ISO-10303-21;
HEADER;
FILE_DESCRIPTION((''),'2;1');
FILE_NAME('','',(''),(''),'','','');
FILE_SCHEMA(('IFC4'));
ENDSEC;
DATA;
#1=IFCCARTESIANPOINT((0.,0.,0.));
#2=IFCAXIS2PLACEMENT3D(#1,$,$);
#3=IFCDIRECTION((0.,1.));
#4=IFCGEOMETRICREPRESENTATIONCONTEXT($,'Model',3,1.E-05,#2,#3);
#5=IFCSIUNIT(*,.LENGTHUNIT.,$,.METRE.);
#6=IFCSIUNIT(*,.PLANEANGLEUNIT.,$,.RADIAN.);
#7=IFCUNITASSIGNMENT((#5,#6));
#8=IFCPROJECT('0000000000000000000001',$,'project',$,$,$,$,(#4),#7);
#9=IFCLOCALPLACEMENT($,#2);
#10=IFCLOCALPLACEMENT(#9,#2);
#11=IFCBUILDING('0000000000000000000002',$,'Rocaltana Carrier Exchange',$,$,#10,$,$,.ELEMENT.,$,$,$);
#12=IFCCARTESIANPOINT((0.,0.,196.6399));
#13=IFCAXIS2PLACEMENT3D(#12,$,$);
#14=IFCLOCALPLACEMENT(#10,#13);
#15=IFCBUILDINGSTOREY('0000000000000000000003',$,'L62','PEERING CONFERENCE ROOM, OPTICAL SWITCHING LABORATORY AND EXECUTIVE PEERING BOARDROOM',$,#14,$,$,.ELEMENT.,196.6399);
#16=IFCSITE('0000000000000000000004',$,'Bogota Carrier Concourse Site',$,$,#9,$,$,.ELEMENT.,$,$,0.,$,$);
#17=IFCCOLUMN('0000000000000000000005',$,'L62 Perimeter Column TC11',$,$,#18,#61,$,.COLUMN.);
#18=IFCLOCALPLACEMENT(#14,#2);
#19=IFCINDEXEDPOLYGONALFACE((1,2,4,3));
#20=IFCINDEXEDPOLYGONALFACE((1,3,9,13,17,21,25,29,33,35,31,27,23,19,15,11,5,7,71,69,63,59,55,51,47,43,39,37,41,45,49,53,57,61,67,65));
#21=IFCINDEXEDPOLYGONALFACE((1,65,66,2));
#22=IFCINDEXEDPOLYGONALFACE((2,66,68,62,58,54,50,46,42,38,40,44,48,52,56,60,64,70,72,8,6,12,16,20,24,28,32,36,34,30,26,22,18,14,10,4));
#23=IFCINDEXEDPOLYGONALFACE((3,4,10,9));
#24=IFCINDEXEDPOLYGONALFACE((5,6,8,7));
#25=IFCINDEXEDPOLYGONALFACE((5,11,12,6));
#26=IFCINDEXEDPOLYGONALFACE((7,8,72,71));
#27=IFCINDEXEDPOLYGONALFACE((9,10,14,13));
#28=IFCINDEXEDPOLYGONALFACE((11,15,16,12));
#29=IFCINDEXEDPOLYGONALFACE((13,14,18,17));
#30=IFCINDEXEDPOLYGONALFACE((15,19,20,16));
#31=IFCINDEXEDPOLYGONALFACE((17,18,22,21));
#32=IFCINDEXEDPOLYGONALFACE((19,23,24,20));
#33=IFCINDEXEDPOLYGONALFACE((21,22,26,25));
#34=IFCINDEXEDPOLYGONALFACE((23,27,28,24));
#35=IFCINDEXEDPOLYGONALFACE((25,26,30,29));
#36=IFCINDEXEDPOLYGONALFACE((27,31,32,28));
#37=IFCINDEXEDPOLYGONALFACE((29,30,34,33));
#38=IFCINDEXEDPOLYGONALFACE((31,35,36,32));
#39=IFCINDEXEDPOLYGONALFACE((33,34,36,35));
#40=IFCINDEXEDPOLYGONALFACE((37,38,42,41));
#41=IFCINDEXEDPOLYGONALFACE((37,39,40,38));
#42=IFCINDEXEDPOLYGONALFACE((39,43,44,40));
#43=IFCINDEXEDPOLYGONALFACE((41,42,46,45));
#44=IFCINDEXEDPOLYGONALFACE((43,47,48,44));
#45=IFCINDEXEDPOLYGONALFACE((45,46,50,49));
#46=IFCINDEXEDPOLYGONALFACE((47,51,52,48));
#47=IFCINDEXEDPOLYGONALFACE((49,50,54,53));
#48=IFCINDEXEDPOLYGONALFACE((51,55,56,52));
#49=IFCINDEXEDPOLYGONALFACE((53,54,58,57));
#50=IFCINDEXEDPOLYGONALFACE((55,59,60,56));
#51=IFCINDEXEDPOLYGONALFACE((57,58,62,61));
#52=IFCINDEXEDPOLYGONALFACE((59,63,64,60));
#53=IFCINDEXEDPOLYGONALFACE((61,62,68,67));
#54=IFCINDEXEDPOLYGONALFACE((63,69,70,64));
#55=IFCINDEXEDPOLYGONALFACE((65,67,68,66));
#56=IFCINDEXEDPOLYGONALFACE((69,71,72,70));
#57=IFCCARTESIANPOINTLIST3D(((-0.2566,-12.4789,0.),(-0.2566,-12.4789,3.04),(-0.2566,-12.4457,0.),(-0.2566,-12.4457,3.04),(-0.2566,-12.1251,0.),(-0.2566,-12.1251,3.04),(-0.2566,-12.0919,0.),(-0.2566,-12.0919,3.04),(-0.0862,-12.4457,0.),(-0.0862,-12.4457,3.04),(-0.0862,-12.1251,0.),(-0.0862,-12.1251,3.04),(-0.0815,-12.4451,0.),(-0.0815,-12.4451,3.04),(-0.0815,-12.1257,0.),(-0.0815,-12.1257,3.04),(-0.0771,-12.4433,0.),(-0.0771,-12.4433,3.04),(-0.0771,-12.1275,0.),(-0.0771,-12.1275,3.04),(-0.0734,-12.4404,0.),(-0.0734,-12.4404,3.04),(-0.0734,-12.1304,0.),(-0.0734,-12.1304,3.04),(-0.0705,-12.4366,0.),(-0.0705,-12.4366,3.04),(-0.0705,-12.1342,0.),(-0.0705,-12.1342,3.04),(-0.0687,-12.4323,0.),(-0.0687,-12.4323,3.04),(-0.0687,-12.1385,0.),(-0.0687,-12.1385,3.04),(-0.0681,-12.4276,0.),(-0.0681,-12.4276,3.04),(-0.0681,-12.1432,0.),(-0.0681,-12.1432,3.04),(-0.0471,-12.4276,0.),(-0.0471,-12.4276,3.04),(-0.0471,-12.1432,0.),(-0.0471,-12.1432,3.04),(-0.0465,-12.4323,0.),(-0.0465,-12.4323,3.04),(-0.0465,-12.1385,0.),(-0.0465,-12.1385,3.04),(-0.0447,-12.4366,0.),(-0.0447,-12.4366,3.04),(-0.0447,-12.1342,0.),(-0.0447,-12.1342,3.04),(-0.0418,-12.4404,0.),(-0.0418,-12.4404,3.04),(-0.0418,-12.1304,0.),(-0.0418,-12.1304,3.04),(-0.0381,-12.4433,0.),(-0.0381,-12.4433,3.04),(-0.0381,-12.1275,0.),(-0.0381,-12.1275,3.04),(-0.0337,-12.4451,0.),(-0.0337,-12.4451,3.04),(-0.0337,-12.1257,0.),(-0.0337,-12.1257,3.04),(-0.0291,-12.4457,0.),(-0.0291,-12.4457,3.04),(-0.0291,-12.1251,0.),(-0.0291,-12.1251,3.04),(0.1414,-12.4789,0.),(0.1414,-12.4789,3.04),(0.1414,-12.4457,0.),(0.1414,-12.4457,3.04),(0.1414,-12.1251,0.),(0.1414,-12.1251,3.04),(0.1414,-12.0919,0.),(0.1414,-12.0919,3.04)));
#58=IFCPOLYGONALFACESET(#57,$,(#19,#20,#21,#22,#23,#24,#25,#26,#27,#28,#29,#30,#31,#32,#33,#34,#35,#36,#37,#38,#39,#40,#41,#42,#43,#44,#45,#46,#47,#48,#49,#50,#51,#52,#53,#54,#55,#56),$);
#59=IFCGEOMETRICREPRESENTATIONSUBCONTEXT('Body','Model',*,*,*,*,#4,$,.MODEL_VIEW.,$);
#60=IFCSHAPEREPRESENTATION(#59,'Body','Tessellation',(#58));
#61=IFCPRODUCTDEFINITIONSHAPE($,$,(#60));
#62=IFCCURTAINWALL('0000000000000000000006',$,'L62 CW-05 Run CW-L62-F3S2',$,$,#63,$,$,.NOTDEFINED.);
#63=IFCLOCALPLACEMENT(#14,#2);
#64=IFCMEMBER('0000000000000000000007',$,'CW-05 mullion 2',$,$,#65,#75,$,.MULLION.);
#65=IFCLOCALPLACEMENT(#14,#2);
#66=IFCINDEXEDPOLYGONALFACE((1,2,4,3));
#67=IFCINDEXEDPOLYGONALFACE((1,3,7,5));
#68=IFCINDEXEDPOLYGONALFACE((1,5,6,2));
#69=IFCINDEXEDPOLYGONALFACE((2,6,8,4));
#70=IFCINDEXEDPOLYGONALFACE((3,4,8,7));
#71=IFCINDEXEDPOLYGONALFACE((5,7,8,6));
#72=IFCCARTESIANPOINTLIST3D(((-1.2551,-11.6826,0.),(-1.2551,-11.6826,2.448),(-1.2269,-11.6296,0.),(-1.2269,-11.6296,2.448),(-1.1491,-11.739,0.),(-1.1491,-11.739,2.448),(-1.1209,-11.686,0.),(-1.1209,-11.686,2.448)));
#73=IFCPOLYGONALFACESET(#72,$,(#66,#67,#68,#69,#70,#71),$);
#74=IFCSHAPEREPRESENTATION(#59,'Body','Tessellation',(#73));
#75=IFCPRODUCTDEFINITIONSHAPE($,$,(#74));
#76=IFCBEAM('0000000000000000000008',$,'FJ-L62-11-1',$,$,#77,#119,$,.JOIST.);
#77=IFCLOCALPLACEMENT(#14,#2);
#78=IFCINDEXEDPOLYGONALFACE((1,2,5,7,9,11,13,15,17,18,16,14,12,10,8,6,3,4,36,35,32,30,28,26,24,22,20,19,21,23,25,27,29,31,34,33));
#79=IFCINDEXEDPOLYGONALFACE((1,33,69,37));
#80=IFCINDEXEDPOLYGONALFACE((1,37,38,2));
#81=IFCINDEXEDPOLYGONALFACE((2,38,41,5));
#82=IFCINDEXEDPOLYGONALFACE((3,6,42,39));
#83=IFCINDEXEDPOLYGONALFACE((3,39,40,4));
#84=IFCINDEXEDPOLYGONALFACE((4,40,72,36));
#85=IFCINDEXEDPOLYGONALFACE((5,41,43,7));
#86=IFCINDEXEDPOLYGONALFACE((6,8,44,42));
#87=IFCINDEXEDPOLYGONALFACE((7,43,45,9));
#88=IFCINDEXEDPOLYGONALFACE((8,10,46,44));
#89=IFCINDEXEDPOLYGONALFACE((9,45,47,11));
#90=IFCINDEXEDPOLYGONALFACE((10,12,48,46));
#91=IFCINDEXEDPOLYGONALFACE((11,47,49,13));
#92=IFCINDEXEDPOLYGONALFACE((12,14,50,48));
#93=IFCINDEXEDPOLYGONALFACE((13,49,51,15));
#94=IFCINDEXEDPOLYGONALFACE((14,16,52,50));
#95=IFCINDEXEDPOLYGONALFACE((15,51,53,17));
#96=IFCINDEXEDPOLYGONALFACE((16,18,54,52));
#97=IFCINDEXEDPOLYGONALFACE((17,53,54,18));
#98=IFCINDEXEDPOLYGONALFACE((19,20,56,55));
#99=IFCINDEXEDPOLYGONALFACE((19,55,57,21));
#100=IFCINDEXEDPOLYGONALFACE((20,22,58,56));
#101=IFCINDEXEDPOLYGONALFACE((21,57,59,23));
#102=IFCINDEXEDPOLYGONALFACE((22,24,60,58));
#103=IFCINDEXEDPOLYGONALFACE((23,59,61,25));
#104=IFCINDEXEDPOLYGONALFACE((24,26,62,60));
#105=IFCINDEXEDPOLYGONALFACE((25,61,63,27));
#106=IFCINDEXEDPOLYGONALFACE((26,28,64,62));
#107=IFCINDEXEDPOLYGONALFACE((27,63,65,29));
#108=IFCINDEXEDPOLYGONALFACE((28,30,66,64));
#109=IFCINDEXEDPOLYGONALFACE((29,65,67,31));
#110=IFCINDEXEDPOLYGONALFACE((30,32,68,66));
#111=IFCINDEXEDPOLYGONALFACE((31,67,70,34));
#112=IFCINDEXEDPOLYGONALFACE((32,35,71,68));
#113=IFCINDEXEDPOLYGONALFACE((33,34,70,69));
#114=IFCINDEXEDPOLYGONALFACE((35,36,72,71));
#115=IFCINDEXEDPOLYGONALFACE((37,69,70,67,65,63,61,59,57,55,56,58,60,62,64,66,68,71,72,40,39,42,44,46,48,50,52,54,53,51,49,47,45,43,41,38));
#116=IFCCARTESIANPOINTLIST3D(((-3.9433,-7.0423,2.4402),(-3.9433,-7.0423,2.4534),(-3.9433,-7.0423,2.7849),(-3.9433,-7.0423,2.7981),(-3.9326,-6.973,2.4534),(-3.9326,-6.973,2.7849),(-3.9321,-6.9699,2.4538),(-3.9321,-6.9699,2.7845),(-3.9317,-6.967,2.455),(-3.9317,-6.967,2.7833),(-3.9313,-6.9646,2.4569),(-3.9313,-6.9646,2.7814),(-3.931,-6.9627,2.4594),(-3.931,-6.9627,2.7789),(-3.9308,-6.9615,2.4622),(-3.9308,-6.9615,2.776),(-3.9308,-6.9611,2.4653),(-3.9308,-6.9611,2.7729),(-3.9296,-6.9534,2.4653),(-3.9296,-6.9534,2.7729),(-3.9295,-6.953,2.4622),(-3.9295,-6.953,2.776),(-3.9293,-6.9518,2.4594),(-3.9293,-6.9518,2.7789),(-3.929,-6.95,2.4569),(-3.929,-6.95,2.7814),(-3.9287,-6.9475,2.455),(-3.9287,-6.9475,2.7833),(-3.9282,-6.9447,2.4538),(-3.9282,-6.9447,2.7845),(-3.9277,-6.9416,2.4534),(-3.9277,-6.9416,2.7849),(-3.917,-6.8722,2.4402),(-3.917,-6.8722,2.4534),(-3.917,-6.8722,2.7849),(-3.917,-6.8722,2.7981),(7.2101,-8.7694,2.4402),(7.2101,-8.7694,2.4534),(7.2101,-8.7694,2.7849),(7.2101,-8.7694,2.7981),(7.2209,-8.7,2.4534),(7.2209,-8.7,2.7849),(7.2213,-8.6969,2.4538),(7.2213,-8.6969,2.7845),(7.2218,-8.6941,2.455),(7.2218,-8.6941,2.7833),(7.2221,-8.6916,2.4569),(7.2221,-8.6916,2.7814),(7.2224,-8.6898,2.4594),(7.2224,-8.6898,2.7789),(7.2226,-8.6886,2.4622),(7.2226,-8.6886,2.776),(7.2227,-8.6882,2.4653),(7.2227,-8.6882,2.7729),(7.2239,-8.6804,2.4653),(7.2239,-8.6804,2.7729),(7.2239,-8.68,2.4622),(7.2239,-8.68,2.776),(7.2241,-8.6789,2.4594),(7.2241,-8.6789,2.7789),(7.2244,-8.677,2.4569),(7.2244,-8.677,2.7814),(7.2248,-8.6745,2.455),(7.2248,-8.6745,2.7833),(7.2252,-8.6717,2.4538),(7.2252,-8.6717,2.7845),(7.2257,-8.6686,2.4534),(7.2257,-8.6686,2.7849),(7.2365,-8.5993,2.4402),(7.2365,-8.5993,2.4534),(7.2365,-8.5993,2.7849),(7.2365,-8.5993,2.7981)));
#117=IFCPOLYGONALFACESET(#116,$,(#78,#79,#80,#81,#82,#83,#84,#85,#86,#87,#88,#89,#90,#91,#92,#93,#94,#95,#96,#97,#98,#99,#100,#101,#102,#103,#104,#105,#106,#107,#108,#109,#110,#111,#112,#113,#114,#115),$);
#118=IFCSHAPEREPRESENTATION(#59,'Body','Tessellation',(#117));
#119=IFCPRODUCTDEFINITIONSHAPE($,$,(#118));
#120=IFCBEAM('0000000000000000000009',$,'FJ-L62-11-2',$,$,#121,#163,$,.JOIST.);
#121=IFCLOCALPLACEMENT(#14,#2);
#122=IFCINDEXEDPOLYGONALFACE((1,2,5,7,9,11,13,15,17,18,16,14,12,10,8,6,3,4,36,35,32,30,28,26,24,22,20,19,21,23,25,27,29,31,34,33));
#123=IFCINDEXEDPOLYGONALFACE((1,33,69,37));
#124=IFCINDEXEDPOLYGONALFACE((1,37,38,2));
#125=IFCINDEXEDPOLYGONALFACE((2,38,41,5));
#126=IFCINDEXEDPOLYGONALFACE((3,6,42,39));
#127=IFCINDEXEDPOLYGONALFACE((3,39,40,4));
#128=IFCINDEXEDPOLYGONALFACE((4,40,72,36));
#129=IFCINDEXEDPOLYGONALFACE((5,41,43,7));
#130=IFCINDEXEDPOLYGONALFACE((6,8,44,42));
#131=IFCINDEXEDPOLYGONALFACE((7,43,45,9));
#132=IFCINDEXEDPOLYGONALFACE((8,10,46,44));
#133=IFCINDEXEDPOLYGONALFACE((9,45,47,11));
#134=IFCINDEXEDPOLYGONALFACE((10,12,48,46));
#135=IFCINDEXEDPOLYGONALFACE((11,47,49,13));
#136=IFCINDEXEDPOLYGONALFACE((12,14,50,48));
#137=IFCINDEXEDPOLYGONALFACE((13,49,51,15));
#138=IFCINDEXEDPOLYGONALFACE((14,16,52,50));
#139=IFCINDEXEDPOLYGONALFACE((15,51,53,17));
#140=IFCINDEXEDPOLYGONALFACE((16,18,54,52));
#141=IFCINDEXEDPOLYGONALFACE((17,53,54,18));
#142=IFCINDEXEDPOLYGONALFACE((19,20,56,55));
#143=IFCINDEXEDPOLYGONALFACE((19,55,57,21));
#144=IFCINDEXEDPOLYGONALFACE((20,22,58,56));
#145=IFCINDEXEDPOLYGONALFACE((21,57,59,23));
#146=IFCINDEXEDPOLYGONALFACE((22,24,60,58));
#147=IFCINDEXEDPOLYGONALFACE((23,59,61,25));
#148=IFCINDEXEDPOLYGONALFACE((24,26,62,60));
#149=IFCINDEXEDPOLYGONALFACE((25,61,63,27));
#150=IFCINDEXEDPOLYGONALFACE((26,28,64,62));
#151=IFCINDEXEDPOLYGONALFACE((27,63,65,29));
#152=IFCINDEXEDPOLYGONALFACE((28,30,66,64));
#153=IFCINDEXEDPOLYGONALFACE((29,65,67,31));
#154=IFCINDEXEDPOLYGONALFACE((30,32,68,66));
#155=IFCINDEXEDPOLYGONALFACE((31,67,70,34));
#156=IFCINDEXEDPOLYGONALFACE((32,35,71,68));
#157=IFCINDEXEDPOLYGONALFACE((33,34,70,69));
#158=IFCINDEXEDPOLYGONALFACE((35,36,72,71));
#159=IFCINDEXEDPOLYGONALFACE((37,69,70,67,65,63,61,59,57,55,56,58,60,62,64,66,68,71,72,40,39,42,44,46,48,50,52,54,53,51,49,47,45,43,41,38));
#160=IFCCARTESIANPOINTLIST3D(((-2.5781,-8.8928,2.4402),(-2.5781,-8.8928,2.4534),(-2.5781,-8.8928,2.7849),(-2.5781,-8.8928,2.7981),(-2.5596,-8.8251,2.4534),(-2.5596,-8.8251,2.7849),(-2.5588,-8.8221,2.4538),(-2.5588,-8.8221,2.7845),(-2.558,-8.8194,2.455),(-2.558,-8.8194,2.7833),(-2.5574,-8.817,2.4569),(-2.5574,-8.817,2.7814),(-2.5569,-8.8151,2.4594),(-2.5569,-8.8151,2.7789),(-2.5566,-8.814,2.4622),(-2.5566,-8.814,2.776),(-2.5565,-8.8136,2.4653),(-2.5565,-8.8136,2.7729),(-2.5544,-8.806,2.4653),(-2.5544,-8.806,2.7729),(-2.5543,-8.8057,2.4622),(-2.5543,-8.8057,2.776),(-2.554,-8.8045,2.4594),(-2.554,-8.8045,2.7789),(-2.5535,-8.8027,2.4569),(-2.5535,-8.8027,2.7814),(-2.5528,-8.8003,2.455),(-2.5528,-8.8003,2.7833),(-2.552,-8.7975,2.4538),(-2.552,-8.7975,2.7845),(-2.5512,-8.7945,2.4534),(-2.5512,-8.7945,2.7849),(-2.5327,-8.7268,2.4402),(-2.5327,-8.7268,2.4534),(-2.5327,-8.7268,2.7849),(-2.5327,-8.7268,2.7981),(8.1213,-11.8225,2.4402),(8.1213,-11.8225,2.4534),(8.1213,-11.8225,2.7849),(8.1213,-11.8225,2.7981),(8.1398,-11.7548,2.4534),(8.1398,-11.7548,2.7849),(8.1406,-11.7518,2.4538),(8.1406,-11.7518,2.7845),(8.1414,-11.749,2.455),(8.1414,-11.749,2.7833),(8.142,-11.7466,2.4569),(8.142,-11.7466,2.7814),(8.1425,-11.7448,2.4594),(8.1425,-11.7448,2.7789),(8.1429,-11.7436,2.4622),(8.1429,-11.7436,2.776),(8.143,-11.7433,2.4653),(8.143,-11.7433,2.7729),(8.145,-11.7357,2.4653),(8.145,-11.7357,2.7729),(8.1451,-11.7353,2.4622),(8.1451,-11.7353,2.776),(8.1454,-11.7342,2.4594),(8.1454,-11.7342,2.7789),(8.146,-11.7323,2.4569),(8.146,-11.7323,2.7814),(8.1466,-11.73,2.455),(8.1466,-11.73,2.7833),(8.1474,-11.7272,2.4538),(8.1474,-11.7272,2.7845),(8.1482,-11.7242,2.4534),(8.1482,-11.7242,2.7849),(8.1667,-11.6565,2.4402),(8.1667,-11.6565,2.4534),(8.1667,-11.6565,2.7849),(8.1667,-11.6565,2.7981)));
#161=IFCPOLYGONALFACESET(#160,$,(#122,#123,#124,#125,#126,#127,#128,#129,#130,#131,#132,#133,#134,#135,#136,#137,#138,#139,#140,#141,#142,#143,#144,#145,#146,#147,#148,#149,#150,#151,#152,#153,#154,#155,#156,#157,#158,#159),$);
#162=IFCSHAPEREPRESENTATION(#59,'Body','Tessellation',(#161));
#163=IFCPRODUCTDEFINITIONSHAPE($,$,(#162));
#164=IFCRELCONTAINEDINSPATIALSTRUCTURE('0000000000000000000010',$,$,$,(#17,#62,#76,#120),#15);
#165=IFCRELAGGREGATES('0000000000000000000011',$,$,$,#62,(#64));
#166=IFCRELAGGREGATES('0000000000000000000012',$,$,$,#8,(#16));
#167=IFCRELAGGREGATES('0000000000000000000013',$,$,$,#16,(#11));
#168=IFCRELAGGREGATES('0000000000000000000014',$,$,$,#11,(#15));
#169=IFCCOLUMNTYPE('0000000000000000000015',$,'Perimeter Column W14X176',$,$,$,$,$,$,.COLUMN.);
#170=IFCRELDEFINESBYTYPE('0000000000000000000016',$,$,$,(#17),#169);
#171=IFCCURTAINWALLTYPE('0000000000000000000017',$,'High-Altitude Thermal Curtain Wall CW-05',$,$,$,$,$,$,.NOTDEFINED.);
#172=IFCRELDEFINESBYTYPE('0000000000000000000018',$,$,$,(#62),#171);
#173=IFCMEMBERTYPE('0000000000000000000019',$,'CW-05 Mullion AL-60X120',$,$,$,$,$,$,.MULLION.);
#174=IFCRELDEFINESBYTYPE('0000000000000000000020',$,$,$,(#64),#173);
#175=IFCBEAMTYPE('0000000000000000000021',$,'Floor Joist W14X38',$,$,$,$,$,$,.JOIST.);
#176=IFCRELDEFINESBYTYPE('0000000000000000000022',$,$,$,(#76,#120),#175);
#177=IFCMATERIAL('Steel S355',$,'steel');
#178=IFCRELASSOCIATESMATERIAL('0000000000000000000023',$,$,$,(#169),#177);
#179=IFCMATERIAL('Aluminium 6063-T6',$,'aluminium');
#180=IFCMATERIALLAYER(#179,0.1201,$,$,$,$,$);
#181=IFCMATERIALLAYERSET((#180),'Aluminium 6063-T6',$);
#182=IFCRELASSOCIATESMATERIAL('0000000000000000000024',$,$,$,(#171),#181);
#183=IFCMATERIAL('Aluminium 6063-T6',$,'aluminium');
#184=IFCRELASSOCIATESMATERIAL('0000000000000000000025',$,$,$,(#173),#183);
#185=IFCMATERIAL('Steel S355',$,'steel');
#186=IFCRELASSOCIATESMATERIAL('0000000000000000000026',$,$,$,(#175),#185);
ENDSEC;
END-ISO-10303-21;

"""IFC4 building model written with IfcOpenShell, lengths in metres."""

from ifc_helpers import new_model, si_unit, direction, frame, origin, origin_2d, place, context, subcontext, project, spatial, rectangle, i_section, extrude, material, layer, layer_set, material_profile, profile_set, type_object, element, aggregate, save


model = new_model("IFC4")

# Units and contexts
model_context = context("Model", 3, precision=1e-05, world=origin(), true_north=direction((0.0, 1.0)))
body_context = subcontext(model_context, "Body", "Model", "MODEL_VIEW")
ifc_project = project(units=[si_unit("LENGTHUNIT", "METRE"), si_unit("PLANEANGLEUNIT", "RADIAN")], contexts=[model_context])

# Site, building, storey
site_placement = place(None, origin())
site = spatial("IfcSite", under=ifc_project, at=site_placement, Name="Bogota Carrier Concourse Site", CompositionType="ELEMENT", RefElevation=0.0)
building_placement = place(site_placement, origin())
building = spatial("IfcBuilding", under=site, at=building_placement, Name="Rocaltana Carrier Exchange", CompositionType="ELEMENT")
storey_placement = place(building_placement, frame((0.0, 0.0, 196.6399)))
storey = spatial("IfcBuildingStorey", under=building, at=storey_placement, Name="L62", Description="PEERING CONFERENCE ROOM, OPTICAL SWITCHING LABORATORY AND EXECUTIVE PEERING BOARDROOM", CompositionType="ELEMENT", Elevation=196.6399)

# Column
ifc_material_1 = material(Name="Steel S355", Category="steel")
ifc_material_profile_1 = material_profile(ifc_material_1, i_section(OverallWidth=0.3979, OverallDepth=0.387, WebThickness=0.021, FlangeThickness=0.0332, FilletRadius=0.0181, at=origin_2d()), Name="W14X176")
ifc_profile_set_1 = profile_set([ifc_material_profile_1], Name="Steel S355")
column_type = type_object("IfcColumnType", Name="Perimeter Column W14X176", PredefinedType="COLUMN", material=ifc_profile_set_1)
column_placement = place(storey_placement, frame((-0.0576, -12.2854, 0.0), z_axis=(0.0, 0.0, 1.0), x_axis=(1.0, 0.0, 0.0)))
element("IfcColumn", 1, at=column_placement, inside=storey, type_object=column_type, Name="L62 Perimeter Column TC11", PredefinedType="COLUMN", context=body_context, shape_type="SweptSolid", body=[
    extrude(i_section(OverallWidth=0.3979, OverallDepth=0.387, WebThickness=0.021, FlangeThickness=0.0332, FilletRadius=0.0181, at=origin_2d()), origin(), (0.0, 0.0, 1.0), 3.04),
])

# Curtain wall, member
ifc_material_2 = material(Name="Aluminium 6063-T6", Category="aluminium")
ifc_layer_1 = layer(ifc_material_2, 0.1201)
ifc_layer_set_1 = layer_set([ifc_layer_1], Name="Aluminium 6063-T6")
curtain_wall_type = type_object("IfcCurtainWallType", Name="High-Altitude Thermal Curtain Wall CW-05", PredefinedType="NOTDEFINED", material=ifc_layer_set_1)
curtain_wall_placement = place(storey_placement, origin())
curtain_wall = element("IfcCurtainWall", 2, at=curtain_wall_placement, inside=storey, type_object=curtain_wall_type, Name="L62 CW-05 Run CW-L62-F3S2", PredefinedType="NOTDEFINED")
ifc_material_3 = material(Name="Aluminium 6063-T6", Category="aluminium")
ifc_material_profile_2 = material_profile(ifc_material_3, rectangle(XDim=0.0601, YDim=0.1201, at=origin_2d()), Name="AL-60X120")
ifc_profile_set_2 = profile_set([ifc_material_profile_2], Name="Aluminium 6063-T6")
member_type = type_object("IfcMemberType", Name="CW-05 Mullion AL-60X120", PredefinedType="MULLION", material=ifc_profile_set_2)
member_placement = place(storey_placement, frame((-1.188, -11.6843, 0.0), z_axis=(0.0, 0.0, 1.0), x_axis=(0.469479, 0.882943, 0.0)))
member = element("IfcMember", 3, at=member_placement, type_object=member_type, Name="CW-05 mullion 2", PredefinedType="MULLION", context=body_context, shape_type="SweptSolid", body=[
    extrude(rectangle(XDim=0.0601, YDim=0.1201, at=origin_2d()), origin(), (0.0, 0.0, 1.0), 2.448),
])

# Beams
ifc_material_4 = material(Name="Steel S355", Category="steel")
ifc_material_profile_3 = material_profile(ifc_material_4, i_section(OverallWidth=0.1721, OverallDepth=0.3579, WebThickness=0.0078, FlangeThickness=0.0132, FilletRadius=0.012, at=origin_2d()), Name="W14X38")
ifc_profile_set_3 = profile_set([ifc_material_profile_3], Name="Steel S355")
beam_type_1 = type_object("IfcBeamType", Name="Floor Joist W14X38", PredefinedType="JOIST", material=ifc_profile_set_3)
beam_1_placement = place(storey_placement, frame((-3.9302, -6.9573, 2.6191), z_axis=(0.988223, -0.153019, 0.0), x_axis=(0.153019, 0.988223, 0.0)))
element("IfcBeam", 4, at=beam_1_placement, inside=storey, type_object=beam_type_1, Name="FJ-L62-11-1", PredefinedType="JOIST", context=body_context, shape_type="SweptSolid", body=[
    extrude(i_section(OverallWidth=0.1721, OverallDepth=0.3579, WebThickness=0.0078, FlangeThickness=0.0132, FilletRadius=0.012, at=origin_2d()), origin(), (0.0, 0.0, 1.0), 11.2864),
])
beam_2_placement = place(storey_placement, frame((-2.5554, -8.8098, 2.6191), z_axis=(0.964497, -0.264095, 0.0), x_axis=(0.264095, 0.964497, 0.0)))
element("IfcBeam", 5, at=beam_2_placement, inside=storey, type_object=beam_type_1, Name="FJ-L62-11-2", PredefinedType="JOIST", context=body_context, shape_type="SweptSolid", body=[
    extrude(i_section(OverallWidth=0.1721, OverallDepth=0.3579, WebThickness=0.0078, FlangeThickness=0.0132, FilletRadius=0.012, at=origin_2d()), origin(), (0.0, 0.0, 1.0), 11.0933),
])

aggregate(curtain_wall, [member])

save(model, "model.ifc")
